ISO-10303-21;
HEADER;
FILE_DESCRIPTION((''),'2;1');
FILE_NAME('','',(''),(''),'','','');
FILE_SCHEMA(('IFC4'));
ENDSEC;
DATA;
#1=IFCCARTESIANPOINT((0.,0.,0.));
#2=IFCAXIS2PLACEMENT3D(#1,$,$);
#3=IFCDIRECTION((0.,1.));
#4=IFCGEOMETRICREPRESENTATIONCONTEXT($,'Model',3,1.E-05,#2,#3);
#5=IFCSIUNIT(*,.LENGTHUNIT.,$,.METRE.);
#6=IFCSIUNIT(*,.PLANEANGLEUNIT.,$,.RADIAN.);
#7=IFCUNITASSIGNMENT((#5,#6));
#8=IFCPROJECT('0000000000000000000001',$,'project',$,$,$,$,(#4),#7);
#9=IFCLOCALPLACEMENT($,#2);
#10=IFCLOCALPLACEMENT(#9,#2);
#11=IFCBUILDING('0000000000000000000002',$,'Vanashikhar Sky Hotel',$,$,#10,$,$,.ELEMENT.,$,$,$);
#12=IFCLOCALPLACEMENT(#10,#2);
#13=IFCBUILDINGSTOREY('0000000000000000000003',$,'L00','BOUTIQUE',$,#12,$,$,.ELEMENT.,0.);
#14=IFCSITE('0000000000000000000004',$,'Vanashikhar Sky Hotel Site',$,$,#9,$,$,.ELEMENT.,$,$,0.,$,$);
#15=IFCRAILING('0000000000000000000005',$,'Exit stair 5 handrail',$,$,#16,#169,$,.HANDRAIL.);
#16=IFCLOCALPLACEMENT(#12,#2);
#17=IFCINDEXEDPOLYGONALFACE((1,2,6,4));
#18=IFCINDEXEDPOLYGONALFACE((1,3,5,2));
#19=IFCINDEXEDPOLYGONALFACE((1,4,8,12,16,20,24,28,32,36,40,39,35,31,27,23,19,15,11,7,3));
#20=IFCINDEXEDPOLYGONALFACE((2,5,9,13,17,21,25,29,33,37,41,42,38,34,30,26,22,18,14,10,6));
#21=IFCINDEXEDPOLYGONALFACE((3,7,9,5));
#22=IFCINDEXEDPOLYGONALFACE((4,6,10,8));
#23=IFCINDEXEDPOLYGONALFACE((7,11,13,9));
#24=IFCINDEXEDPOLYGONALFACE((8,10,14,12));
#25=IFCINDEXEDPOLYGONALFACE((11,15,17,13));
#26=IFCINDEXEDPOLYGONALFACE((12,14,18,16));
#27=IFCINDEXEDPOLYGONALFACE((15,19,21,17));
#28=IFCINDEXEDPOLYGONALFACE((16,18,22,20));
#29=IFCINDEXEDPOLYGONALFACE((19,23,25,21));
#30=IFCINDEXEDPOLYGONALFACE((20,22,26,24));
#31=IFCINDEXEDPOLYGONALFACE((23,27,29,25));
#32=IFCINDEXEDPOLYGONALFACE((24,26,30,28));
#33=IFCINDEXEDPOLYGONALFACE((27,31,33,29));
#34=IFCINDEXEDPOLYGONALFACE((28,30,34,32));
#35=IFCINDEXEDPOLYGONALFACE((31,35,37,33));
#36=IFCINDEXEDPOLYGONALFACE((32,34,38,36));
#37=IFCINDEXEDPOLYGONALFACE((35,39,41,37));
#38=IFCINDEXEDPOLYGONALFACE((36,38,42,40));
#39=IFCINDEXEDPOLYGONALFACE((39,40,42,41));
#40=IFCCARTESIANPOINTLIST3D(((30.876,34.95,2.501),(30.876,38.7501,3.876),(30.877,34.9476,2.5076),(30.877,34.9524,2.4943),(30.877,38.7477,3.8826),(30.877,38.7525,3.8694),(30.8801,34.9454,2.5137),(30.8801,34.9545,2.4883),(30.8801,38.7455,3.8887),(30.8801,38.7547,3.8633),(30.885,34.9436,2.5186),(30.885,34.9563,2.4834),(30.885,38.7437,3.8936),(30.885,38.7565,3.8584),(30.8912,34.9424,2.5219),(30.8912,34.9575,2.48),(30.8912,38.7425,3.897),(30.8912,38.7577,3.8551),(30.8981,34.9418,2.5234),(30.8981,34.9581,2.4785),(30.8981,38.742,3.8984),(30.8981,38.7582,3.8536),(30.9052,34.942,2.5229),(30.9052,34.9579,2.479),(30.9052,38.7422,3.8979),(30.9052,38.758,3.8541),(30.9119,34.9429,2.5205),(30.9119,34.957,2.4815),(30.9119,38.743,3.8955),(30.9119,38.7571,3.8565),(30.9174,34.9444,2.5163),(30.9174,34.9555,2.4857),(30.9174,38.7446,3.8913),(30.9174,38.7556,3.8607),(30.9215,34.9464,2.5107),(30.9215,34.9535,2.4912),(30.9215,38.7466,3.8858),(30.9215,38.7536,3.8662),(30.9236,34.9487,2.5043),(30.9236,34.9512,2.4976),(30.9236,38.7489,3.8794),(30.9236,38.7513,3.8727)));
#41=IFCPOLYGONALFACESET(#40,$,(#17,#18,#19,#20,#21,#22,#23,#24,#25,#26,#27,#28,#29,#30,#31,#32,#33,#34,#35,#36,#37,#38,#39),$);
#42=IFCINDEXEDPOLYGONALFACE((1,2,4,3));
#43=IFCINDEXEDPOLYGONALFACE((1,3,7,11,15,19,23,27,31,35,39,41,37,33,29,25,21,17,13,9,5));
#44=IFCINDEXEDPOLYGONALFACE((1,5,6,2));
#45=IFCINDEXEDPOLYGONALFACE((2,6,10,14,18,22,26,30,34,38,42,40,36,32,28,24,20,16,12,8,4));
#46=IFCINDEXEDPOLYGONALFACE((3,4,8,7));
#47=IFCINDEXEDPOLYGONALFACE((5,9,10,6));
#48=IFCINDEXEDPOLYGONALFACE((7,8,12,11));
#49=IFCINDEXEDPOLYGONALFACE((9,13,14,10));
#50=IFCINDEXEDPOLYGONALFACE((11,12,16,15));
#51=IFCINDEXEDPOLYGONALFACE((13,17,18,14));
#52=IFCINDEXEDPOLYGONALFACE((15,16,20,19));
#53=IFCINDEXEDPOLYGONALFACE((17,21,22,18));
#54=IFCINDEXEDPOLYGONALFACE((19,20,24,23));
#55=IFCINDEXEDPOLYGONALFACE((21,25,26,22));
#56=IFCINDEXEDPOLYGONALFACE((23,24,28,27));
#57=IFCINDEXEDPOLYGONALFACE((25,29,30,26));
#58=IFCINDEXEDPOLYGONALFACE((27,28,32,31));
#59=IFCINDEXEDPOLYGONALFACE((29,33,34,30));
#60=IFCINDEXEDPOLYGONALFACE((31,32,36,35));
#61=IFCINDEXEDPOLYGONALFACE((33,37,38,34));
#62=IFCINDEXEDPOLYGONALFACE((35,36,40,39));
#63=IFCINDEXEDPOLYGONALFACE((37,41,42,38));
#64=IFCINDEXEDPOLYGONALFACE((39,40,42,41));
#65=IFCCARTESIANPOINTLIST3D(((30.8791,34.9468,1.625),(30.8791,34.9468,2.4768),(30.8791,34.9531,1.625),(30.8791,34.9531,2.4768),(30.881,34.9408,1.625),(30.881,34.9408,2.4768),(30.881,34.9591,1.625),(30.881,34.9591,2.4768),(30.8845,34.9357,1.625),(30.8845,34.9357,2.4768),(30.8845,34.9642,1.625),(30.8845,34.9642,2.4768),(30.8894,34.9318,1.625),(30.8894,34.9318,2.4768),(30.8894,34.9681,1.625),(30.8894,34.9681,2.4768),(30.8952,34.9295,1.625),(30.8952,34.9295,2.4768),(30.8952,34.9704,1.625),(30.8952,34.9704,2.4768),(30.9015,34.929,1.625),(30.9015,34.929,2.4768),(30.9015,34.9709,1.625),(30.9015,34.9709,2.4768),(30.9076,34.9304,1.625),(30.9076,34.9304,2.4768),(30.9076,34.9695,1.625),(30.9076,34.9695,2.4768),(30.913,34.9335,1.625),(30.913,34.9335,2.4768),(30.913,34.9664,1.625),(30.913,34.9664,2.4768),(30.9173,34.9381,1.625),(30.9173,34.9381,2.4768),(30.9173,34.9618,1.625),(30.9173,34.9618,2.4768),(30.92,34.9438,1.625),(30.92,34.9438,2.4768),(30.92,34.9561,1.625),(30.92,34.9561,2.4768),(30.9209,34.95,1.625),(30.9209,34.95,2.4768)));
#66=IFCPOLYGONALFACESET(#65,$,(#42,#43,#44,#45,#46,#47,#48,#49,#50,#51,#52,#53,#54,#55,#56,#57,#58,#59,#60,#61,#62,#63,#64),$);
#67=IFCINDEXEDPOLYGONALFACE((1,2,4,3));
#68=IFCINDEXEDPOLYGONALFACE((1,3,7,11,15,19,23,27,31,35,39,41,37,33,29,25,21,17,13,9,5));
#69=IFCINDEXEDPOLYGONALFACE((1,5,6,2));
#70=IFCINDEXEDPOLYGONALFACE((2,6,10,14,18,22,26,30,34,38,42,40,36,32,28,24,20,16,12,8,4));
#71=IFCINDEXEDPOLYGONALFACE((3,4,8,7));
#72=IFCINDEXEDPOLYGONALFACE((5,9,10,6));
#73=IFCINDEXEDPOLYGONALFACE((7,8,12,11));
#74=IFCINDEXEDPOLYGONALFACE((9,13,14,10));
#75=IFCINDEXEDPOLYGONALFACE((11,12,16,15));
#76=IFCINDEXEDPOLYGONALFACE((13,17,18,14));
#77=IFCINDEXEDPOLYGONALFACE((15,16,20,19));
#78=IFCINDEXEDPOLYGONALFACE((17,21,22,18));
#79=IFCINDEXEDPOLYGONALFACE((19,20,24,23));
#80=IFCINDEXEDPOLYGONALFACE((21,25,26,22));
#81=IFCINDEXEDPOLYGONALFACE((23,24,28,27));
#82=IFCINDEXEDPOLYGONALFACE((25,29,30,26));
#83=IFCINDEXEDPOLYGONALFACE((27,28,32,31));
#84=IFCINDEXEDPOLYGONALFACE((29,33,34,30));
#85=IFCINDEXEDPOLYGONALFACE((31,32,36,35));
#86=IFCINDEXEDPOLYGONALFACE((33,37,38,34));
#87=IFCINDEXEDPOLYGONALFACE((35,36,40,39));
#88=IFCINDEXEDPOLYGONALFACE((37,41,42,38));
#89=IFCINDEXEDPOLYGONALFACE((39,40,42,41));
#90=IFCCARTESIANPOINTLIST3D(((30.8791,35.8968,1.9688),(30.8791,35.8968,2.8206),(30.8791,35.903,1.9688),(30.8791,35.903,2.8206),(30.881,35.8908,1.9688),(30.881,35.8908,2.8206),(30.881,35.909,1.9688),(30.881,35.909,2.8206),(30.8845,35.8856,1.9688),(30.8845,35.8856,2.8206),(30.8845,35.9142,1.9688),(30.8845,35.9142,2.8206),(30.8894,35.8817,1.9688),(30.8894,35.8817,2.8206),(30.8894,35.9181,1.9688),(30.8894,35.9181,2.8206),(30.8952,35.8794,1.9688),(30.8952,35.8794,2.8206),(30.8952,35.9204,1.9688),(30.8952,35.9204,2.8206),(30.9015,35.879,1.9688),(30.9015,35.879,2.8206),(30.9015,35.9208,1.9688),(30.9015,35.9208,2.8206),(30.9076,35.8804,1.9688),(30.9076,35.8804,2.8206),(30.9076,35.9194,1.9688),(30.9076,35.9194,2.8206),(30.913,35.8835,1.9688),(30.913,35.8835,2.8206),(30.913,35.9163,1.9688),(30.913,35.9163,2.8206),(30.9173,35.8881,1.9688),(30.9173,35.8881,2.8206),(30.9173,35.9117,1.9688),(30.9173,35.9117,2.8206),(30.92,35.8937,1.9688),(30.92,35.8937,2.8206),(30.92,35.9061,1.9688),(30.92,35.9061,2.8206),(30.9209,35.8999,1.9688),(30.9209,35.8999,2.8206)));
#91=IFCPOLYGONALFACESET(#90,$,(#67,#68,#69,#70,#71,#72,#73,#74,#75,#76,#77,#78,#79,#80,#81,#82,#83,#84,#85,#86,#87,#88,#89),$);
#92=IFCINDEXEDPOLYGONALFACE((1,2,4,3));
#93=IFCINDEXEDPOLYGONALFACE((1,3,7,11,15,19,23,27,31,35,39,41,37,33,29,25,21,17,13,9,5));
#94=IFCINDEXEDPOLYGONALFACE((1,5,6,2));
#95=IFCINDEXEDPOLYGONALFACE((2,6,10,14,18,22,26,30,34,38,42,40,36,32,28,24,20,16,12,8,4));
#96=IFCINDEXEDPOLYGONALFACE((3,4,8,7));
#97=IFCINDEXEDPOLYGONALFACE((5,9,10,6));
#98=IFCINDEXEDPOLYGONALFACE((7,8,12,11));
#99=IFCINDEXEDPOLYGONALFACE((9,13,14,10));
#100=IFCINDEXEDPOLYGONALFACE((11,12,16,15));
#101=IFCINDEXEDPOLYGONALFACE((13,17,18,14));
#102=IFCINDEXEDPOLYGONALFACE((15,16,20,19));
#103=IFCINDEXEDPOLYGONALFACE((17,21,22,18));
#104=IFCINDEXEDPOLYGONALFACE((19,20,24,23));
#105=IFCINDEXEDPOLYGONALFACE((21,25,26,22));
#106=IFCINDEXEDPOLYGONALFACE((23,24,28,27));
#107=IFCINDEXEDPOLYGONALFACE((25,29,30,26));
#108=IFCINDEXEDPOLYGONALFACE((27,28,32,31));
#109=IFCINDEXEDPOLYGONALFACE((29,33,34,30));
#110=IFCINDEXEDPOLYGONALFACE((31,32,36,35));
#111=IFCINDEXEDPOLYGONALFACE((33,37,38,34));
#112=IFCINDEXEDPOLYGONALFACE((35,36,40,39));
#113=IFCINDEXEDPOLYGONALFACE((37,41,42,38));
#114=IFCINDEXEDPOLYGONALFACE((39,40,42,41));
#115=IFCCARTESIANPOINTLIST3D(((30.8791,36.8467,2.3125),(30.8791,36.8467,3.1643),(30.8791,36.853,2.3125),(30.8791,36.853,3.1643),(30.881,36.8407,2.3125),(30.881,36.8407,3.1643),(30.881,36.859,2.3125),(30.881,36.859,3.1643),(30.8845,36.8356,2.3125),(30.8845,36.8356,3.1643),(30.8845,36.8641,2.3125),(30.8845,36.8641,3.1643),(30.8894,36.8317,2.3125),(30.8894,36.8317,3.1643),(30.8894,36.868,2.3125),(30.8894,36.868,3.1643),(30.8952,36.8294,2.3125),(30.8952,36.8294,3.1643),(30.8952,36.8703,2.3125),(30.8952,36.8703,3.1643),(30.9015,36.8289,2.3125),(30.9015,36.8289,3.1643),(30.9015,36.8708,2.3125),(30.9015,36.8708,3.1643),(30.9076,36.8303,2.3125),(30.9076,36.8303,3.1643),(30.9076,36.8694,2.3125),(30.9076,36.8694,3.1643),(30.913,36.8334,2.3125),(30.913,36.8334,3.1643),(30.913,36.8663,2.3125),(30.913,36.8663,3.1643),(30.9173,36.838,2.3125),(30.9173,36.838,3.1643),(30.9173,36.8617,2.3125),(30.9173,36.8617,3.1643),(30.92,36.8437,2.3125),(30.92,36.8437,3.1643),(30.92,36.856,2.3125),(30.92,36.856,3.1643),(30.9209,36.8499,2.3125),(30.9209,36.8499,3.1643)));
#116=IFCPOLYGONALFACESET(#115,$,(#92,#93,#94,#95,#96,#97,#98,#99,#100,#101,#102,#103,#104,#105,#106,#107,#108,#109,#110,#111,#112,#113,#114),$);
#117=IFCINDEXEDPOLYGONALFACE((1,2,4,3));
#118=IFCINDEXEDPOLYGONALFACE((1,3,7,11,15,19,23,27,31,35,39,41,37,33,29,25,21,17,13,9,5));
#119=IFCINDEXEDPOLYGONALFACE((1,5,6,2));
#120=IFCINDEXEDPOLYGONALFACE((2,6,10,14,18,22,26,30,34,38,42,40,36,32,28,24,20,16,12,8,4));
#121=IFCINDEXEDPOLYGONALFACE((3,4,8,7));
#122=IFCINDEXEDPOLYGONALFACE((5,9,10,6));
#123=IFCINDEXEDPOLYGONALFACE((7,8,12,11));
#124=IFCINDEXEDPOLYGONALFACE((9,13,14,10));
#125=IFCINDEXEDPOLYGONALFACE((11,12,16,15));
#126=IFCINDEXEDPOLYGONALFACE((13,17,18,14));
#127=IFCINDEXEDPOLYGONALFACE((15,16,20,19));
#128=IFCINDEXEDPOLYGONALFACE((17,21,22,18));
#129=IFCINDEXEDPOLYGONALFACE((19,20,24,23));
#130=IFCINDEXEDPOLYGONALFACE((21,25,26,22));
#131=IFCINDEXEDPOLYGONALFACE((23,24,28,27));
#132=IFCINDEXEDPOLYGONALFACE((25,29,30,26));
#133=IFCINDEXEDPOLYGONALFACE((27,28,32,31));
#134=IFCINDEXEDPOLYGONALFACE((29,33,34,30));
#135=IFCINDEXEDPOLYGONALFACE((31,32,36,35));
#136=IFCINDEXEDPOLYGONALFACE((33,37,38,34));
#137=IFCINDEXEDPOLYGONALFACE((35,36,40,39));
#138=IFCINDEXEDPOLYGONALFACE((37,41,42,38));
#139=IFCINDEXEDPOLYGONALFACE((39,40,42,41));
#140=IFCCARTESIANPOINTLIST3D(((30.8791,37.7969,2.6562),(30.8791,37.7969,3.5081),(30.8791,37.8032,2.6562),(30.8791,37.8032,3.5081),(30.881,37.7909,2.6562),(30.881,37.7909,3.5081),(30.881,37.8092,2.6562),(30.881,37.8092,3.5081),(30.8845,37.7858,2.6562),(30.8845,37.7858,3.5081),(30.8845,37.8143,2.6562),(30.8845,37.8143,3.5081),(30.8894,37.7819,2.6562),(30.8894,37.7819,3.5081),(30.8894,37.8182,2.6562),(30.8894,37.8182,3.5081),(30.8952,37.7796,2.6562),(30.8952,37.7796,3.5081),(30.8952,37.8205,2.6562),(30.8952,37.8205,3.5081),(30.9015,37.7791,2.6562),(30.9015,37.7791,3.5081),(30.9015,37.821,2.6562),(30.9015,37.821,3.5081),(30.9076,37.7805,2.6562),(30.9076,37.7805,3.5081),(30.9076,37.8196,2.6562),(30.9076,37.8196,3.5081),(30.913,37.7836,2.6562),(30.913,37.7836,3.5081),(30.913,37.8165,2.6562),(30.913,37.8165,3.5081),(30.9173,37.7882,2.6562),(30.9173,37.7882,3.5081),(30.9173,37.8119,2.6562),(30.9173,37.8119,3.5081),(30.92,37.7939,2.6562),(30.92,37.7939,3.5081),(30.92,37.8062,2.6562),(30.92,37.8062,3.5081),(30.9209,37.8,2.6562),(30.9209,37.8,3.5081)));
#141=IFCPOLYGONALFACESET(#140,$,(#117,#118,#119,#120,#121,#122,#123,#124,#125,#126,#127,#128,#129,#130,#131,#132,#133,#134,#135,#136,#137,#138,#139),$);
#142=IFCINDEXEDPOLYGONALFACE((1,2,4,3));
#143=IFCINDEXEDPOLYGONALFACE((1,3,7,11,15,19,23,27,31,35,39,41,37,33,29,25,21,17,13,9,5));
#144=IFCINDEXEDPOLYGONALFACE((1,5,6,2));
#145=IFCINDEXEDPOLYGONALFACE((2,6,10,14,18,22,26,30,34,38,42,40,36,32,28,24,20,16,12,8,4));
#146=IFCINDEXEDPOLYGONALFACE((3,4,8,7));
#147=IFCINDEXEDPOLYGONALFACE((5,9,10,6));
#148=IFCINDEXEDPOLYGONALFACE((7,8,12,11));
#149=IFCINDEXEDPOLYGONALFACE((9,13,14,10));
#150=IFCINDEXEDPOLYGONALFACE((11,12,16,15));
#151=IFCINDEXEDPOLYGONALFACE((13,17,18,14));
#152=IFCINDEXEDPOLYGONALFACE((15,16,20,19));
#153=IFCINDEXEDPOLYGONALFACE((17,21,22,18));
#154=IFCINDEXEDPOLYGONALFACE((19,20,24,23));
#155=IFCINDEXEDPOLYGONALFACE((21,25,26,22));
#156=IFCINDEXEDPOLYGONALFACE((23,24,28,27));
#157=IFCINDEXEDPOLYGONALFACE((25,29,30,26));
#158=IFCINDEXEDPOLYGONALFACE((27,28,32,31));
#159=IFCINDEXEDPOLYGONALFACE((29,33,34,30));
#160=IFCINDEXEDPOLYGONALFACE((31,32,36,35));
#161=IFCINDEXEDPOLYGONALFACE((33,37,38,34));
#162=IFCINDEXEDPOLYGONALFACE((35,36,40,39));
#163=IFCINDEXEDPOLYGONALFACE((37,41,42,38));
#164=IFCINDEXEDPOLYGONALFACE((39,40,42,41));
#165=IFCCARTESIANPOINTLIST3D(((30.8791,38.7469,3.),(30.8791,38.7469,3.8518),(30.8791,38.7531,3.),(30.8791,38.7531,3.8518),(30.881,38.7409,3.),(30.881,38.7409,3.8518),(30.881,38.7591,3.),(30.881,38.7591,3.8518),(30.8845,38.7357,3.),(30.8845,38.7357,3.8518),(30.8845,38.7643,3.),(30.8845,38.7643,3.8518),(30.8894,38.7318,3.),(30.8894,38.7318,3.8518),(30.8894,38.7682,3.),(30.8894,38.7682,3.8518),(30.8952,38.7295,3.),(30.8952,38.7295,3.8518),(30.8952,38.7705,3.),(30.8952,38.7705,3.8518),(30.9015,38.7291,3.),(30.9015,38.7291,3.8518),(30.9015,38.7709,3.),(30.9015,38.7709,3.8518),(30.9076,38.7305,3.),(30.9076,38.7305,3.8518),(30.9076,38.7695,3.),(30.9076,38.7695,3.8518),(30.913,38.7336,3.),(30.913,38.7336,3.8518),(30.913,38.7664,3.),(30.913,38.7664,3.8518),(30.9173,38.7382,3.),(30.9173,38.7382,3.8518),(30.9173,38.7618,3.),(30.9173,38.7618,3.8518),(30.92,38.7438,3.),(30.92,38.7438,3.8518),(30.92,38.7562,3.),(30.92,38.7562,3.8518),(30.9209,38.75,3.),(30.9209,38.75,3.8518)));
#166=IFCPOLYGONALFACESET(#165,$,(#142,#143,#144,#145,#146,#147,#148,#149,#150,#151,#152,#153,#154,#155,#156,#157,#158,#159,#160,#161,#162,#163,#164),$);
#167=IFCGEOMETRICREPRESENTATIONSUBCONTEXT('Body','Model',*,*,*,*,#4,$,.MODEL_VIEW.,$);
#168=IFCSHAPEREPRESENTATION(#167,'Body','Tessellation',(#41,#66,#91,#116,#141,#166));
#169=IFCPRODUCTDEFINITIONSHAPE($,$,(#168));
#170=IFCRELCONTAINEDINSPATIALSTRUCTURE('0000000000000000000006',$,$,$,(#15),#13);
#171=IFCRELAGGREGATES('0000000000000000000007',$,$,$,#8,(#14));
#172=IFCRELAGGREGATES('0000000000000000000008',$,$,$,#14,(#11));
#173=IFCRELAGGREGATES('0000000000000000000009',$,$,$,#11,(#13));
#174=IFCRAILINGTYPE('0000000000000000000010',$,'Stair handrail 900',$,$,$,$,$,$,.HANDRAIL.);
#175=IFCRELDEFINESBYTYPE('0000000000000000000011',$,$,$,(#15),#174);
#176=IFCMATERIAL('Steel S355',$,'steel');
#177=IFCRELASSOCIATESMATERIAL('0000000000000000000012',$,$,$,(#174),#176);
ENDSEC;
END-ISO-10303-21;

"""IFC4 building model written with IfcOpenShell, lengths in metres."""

from ifc_helpers import new_model, si_unit, direction, frame, origin, origin_2d, place, context, subcontext, project, spatial, circle, extrude, source, transform, mapped, material, type_object, element, save


model = new_model("IFC4")

# Units and contexts
model_context = context("Model", 3, precision=1e-05, world=origin(), true_north=direction((0.0, 1.0)))
body_context = subcontext(model_context, "Body", "Model", "MODEL_VIEW")
ifc_project = project(units=[si_unit("LENGTHUNIT", "METRE"), si_unit("PLANEANGLEUNIT", "RADIAN")], contexts=[model_context])

# Site, building, storey
site_placement = place(None, origin())
site = spatial("IfcSite", under=ifc_project, at=site_placement, Name="Vanashikhar Sky Hotel Site", CompositionType="ELEMENT", RefElevation=0.0)
building_placement = place(site_placement, origin())
building = spatial("IfcBuilding", under=site, at=building_placement, Name="Vanashikhar Sky Hotel", CompositionType="ELEMENT")
storey_placement = place(building_placement, origin())
storey = spatial("IfcBuildingStorey", under=building, at=storey_placement, Name="L00", Description="BOUTIQUE", CompositionType="ELEMENT", Elevation=0.0)

# Railing
ifc_material_1 = material(Name="Steel S355", Category="steel")
railing_type_1 = type_object("IfcRailingType", Name="Stair handrail 900", PredefinedType="HANDRAIL", material=ifc_material_1)
shared_shape_1 = source(origin(), body_context, "Body", "SweptSolid", [
    extrude(circle(Radius=0.0239, at=origin_2d()), frame((0.0, 0.0, 0.876), z_axis=(0.0, 0.940336, 0.340249), x_axis=(-1.0, 0.0, 0.0)), (0.0, 0.0, 1.0), 4.0413),
    extrude(circle(Radius=0.021, at=origin_2d()), origin(), (0.0, 0.0, 1.0), 0.8518),
    extrude(circle(Radius=0.021, at=origin_2d()), frame((0.0, 0.95, 0.3438)), (0.0, 0.0, 1.0), 0.8518),
    extrude(circle(Radius=0.021, at=origin_2d()), frame((0.0, 1.8999, 0.6875)), (0.0, 0.0, 1.0), 0.8518),
    extrude(circle(Radius=0.021, at=origin_2d()), frame((0.0, 2.8501, 1.0312)), (0.0, 0.0, 1.0), 0.8518),
    extrude(circle(Radius=0.021, at=origin_2d()), frame((0.0, 3.8, 1.375)), (0.0, 0.0, 1.0), 0.8518),
])
for number, where, name in (
    (1, (30.8999, 34.95, 1.625), "Exit stair 5 handrail"),
):
    element("IfcRailing", number, at=place(storey_placement, frame(where)), inside=storey, type_object=railing_type_1, Name=name, PredefinedType="HANDRAIL", context=body_context, shape_type="MappedRepresentation", body=[
        mapped(shared_shape_1, transform((0.0, 0.0, 0.0), scale=1.0)),
    ])

save(model, "model.ifc")
